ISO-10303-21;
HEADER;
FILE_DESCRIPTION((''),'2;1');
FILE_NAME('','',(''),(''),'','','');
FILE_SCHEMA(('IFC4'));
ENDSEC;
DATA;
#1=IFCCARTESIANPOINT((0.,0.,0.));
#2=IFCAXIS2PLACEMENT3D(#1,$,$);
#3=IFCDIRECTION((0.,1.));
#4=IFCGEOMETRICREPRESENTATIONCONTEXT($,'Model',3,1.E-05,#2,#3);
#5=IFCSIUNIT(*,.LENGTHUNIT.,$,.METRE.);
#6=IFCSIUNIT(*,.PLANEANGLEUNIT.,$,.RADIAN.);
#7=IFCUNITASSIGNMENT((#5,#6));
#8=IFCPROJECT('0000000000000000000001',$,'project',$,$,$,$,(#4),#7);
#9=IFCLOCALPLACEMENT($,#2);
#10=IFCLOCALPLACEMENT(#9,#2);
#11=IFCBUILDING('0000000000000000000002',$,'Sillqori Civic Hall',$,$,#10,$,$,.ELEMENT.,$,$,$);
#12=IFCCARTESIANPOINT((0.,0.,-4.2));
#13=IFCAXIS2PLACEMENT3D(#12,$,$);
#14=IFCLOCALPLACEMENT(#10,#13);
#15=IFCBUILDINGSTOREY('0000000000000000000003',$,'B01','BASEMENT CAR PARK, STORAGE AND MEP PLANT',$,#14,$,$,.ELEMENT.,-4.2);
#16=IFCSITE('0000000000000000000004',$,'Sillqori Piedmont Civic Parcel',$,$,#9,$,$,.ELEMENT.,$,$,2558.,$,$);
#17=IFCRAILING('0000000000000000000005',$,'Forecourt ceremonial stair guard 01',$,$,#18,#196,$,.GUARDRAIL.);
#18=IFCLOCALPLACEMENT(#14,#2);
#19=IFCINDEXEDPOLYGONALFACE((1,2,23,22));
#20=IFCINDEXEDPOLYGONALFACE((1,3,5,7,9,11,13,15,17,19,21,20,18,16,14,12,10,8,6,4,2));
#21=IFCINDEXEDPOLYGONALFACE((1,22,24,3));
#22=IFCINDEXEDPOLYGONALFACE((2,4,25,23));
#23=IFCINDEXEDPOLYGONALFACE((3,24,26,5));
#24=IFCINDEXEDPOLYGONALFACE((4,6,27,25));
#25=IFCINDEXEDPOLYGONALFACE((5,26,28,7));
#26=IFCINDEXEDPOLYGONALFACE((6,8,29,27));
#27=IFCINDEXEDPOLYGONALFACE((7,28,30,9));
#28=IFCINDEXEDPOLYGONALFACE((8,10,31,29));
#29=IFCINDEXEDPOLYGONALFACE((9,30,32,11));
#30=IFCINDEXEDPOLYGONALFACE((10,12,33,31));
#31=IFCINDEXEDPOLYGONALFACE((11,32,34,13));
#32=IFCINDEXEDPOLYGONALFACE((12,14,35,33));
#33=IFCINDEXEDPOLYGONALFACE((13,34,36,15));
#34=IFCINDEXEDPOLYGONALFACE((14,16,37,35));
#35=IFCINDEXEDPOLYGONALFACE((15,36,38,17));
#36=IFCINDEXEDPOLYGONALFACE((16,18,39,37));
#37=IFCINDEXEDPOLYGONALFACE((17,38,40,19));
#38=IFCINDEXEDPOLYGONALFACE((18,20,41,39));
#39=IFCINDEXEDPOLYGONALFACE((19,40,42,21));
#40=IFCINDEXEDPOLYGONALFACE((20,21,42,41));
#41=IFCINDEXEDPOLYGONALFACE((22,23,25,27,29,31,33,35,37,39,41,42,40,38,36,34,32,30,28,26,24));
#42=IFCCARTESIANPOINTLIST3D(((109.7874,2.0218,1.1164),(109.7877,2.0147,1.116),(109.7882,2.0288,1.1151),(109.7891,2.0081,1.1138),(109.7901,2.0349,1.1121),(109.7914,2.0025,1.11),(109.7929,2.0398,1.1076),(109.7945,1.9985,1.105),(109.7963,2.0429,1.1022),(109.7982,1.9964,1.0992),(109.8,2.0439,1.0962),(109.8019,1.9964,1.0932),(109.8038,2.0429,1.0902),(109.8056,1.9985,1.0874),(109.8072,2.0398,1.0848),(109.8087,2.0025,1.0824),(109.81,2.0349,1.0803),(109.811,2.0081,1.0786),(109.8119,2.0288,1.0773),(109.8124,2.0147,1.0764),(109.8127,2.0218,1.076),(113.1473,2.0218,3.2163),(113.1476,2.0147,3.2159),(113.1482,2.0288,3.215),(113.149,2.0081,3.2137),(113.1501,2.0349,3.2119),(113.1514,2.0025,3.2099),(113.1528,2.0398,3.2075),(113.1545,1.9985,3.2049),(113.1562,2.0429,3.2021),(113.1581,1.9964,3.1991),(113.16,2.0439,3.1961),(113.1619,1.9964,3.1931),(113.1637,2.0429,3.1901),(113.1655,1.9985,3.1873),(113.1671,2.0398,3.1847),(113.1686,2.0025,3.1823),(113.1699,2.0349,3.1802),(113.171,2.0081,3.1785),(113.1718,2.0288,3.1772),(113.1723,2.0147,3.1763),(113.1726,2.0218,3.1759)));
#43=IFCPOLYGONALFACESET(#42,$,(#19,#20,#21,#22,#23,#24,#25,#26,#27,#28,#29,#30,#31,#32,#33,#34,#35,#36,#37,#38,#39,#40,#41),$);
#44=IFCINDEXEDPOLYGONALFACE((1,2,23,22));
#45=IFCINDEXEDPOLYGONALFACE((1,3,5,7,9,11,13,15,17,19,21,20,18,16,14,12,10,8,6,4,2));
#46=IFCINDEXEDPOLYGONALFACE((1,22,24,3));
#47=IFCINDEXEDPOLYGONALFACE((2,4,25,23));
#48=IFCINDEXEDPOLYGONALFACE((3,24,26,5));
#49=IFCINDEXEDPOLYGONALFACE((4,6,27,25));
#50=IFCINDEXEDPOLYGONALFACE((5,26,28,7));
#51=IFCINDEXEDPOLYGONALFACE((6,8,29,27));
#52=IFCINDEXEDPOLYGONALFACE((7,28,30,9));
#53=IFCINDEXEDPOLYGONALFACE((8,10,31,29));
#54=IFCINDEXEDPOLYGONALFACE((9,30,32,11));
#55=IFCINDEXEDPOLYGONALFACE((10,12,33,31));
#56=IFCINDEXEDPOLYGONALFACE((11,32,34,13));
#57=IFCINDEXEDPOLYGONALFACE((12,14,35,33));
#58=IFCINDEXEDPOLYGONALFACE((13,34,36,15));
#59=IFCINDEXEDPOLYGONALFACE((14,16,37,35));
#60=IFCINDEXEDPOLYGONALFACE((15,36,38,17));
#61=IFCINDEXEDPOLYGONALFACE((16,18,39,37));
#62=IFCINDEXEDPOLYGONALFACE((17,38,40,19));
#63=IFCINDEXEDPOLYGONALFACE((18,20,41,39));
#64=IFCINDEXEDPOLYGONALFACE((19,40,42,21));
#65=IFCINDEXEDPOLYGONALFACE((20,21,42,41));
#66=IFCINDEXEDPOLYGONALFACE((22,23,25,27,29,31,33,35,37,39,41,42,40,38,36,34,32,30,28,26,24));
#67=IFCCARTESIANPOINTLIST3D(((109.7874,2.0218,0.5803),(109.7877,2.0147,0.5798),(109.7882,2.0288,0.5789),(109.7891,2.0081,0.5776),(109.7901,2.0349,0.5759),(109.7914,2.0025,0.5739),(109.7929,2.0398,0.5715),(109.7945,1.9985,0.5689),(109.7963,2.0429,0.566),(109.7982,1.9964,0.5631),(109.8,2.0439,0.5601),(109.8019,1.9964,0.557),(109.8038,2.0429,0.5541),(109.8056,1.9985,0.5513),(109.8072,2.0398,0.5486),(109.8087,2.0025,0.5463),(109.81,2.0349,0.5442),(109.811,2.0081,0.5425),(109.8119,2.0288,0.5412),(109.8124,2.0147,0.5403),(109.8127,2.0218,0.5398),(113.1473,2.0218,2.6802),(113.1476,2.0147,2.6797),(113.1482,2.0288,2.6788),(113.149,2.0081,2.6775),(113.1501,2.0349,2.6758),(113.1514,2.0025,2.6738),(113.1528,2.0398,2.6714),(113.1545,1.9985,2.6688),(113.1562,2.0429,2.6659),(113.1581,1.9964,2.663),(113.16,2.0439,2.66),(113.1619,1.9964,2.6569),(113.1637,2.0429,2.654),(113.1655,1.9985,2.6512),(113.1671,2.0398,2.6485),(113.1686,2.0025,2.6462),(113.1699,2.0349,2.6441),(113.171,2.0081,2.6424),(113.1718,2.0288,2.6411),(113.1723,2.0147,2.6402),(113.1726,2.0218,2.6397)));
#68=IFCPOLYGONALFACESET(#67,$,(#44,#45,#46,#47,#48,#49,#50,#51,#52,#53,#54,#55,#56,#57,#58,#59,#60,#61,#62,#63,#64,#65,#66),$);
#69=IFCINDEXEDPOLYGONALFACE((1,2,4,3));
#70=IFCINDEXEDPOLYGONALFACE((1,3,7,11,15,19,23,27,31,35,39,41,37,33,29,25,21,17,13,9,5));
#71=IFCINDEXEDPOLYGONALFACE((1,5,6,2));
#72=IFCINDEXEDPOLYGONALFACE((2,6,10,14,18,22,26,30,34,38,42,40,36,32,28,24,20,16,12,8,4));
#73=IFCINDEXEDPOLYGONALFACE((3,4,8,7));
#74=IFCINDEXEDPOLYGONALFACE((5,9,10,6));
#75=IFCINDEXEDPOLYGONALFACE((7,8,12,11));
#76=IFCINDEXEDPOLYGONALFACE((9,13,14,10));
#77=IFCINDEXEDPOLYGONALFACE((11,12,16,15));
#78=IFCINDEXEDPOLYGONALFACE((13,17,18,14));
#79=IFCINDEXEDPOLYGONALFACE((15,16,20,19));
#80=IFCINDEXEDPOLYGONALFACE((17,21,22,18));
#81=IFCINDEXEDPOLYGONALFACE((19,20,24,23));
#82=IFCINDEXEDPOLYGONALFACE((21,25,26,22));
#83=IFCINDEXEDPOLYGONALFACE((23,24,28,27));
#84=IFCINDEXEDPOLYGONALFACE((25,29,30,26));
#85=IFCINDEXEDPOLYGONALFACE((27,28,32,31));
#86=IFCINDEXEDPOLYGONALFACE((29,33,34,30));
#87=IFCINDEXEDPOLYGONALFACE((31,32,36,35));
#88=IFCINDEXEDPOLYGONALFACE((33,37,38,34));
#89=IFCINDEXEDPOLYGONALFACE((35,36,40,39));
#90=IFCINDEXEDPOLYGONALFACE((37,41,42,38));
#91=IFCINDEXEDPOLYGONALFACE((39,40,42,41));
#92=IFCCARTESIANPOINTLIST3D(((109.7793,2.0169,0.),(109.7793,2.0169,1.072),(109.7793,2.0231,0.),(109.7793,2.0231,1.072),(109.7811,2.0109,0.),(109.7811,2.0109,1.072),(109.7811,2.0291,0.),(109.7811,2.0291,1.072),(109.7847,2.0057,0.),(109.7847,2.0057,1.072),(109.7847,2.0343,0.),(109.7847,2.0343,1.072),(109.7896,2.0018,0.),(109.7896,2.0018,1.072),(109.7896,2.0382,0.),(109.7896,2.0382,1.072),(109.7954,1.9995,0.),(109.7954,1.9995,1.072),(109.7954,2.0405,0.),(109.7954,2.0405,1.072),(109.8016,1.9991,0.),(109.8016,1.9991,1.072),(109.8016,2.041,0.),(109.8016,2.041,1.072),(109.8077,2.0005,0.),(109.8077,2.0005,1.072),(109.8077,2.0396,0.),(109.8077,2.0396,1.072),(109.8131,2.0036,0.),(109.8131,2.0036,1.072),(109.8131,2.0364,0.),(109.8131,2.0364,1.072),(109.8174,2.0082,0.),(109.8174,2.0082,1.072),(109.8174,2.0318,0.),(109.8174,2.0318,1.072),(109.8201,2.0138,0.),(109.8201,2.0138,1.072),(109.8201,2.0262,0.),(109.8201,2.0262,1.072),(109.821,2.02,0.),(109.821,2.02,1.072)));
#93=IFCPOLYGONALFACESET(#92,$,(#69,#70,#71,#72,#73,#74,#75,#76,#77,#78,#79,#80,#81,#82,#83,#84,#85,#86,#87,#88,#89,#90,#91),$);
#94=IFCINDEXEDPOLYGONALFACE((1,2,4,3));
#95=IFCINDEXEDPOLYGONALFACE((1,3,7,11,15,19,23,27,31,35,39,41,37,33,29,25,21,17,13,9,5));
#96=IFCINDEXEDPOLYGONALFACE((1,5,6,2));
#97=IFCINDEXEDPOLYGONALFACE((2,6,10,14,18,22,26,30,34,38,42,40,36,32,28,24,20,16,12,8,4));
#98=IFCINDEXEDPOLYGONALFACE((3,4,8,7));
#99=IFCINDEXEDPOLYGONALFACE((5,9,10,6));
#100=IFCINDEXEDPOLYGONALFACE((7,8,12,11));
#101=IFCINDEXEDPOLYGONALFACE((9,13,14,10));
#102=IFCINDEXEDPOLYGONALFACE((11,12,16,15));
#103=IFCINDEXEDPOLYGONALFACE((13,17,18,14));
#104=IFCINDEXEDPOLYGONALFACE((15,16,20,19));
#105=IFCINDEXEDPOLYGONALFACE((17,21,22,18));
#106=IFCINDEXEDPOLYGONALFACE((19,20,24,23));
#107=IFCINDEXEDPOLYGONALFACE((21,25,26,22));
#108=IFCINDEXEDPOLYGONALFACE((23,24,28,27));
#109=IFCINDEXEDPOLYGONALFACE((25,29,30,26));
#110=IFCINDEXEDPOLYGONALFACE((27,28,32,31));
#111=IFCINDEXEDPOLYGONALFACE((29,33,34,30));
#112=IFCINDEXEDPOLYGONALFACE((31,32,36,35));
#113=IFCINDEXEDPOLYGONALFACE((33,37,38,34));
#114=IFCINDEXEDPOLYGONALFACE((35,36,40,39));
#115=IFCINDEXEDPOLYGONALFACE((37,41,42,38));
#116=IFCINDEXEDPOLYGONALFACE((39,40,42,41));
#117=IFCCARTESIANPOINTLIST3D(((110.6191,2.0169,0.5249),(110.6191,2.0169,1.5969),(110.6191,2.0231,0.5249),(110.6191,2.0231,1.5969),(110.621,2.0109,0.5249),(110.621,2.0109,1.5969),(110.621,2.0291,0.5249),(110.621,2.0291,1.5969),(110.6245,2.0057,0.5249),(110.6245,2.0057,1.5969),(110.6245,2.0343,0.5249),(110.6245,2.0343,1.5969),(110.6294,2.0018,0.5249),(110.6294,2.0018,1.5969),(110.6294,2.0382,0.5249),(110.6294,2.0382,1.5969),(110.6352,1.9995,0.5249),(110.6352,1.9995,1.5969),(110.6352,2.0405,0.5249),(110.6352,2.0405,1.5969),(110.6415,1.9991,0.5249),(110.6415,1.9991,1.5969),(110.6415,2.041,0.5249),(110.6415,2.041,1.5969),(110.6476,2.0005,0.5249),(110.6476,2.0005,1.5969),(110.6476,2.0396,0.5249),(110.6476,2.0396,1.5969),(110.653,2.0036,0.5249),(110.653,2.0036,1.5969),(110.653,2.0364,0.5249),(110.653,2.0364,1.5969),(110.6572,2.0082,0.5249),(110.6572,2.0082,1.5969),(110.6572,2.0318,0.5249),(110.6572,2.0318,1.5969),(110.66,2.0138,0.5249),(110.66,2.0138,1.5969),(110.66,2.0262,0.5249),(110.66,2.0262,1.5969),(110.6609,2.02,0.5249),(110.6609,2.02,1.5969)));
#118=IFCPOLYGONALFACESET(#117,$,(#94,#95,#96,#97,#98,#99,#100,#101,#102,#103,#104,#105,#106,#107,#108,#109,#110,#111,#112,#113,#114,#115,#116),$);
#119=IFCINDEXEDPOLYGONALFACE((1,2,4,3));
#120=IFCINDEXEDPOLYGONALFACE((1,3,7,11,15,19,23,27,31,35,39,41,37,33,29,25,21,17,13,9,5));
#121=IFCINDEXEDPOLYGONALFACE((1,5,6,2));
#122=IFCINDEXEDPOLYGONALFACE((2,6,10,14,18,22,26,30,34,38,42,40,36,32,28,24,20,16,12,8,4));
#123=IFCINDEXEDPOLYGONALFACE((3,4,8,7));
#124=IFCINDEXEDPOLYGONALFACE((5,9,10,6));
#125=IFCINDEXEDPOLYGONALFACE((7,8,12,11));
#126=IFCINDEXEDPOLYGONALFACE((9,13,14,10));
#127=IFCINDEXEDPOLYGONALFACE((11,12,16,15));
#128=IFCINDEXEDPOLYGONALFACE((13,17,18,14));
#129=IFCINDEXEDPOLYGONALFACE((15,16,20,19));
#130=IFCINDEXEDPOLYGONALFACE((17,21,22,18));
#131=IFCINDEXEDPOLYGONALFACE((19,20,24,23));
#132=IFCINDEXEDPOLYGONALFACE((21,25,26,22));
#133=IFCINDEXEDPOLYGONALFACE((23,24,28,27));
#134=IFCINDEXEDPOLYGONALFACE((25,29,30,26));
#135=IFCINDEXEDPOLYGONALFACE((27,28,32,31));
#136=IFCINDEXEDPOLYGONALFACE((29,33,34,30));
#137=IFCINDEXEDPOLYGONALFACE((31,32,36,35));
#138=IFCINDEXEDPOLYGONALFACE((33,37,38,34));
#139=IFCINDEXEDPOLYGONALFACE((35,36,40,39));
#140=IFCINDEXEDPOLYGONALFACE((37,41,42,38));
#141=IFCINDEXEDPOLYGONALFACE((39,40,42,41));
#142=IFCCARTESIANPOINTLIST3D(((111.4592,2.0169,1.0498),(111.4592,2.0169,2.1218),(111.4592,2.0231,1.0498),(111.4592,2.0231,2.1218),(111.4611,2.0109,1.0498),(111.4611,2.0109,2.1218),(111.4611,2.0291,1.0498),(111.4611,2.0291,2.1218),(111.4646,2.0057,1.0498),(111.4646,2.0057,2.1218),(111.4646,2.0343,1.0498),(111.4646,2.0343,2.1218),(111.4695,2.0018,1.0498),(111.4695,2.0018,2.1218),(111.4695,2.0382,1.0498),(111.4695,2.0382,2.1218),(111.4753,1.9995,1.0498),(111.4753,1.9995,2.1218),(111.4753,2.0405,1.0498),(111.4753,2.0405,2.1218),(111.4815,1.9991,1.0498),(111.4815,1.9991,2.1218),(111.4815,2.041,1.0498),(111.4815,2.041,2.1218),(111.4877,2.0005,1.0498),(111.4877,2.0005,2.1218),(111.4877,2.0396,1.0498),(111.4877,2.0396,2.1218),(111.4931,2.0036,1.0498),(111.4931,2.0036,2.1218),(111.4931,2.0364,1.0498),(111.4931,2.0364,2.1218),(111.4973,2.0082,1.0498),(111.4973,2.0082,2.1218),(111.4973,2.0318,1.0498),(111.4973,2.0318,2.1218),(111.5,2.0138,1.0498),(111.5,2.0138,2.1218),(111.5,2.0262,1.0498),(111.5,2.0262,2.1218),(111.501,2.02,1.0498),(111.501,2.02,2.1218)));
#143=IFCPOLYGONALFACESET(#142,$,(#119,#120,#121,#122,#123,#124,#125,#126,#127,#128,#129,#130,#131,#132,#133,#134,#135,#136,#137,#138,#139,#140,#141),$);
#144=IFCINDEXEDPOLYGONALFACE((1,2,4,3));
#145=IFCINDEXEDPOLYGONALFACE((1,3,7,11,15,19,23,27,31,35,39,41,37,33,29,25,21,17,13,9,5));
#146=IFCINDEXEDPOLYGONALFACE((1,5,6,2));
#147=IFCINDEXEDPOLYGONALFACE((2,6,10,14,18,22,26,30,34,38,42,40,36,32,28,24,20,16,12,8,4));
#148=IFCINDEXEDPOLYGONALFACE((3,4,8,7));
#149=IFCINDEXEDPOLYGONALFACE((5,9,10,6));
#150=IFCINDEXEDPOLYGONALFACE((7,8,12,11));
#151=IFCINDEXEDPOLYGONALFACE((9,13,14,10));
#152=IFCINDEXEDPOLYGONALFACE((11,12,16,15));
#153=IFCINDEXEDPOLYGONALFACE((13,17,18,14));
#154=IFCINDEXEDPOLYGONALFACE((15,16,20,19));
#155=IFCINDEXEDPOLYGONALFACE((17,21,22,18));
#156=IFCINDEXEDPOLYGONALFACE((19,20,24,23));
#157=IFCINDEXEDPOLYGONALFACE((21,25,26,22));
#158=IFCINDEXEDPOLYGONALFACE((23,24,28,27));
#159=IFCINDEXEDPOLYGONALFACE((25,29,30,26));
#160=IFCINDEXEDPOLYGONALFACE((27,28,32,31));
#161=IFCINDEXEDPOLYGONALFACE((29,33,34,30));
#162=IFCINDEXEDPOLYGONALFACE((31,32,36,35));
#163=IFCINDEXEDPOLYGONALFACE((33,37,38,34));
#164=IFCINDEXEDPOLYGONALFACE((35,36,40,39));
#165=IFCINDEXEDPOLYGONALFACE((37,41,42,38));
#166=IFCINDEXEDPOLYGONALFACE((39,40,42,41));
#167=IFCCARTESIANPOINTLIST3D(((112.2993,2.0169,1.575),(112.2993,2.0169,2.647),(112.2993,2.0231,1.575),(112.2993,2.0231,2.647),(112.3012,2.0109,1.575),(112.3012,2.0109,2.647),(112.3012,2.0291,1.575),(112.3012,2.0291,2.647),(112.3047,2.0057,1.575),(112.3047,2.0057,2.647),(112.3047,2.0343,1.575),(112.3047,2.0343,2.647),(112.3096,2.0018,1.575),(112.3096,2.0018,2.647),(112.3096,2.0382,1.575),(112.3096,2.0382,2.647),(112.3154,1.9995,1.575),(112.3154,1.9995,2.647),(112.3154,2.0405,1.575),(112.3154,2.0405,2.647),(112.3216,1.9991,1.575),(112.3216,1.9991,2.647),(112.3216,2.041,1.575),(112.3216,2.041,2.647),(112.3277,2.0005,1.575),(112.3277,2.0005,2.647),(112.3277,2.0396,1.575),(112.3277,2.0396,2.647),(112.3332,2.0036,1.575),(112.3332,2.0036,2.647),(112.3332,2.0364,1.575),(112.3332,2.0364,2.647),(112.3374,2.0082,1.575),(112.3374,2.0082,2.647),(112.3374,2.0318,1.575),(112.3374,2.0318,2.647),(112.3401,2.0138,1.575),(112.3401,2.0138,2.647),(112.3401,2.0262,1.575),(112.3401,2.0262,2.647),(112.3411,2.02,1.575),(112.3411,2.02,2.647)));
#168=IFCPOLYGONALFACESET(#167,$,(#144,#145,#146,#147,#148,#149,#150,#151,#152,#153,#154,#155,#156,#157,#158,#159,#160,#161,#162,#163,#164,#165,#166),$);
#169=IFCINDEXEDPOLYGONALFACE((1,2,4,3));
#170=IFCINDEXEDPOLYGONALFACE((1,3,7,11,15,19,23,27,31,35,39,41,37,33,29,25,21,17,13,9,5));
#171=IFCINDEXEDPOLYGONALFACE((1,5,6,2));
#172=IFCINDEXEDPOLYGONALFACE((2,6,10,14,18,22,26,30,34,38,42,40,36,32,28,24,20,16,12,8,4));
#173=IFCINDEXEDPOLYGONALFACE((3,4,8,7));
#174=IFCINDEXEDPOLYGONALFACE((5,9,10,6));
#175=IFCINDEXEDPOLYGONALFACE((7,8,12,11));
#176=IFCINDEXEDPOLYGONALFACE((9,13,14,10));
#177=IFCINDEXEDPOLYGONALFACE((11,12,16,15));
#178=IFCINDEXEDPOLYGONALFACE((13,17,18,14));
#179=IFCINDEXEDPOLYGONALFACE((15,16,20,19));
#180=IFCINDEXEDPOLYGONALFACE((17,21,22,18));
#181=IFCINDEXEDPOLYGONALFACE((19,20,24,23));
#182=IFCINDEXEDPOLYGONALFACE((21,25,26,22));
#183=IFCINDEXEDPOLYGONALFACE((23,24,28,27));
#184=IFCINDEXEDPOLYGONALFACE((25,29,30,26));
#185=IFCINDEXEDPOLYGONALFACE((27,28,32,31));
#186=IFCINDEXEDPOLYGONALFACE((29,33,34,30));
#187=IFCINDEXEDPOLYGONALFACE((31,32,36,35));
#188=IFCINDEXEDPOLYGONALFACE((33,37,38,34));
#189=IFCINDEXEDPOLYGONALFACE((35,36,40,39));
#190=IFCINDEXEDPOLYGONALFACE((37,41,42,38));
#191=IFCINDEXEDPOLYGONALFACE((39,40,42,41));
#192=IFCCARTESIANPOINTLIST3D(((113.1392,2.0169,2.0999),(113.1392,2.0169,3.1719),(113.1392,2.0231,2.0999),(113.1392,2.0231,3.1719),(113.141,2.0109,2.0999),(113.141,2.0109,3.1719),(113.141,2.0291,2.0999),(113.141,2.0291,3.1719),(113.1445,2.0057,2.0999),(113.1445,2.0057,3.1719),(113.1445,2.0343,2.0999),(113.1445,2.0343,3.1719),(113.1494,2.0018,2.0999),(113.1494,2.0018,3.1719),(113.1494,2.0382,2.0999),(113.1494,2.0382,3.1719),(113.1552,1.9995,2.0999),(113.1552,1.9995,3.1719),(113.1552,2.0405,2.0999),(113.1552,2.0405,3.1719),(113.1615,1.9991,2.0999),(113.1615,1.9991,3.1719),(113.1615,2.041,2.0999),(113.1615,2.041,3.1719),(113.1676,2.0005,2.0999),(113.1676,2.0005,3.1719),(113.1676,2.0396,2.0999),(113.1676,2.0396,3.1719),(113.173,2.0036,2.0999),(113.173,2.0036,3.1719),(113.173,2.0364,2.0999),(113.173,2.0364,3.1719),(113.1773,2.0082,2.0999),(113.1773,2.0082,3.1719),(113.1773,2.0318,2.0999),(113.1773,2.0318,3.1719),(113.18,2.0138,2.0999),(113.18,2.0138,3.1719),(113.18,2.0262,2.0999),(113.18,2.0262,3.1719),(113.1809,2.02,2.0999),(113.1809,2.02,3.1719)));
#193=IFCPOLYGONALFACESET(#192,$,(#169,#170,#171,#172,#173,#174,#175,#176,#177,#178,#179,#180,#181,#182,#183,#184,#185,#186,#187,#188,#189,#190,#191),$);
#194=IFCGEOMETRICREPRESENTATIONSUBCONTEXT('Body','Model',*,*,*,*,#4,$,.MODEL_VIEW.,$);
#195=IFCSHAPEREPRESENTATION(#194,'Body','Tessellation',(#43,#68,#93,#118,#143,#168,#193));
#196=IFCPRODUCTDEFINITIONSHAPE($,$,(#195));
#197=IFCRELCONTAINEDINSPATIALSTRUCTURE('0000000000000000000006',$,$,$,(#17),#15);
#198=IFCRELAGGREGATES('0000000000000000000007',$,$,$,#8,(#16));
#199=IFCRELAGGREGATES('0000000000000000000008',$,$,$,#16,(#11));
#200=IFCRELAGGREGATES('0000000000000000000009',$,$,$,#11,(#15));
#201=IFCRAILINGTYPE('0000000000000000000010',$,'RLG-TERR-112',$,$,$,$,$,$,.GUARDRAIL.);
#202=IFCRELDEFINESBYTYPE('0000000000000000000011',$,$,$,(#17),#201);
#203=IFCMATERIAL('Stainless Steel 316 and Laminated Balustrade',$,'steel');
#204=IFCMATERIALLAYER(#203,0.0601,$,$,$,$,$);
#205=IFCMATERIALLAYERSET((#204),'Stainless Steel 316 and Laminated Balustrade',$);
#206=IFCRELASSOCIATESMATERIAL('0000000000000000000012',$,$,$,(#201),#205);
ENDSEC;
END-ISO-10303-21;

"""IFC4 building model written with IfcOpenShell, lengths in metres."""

from ifc_helpers import new_model, si_unit, direction, frame, origin, origin_2d, place, context, subcontext, project, spatial, circle, extrude, material, layer, layer_set, type_object, element, save


model = new_model("IFC4")

# Units and contexts
model_context = context("Model", 3, precision=1e-05, world=origin(), true_north=direction((0.0, 1.0)))
body_context = subcontext(model_context, "Body", "Model", "MODEL_VIEW")
ifc_project = project(units=[si_unit("LENGTHUNIT", "METRE"), si_unit("PLANEANGLEUNIT", "RADIAN")], contexts=[model_context])

# Site, building, storey
site_placement = place(None, origin())
site = spatial("IfcSite", under=ifc_project, at=site_placement, Name="Sillqori Piedmont Civic Parcel", CompositionType="ELEMENT", RefElevation=2558.0)
building_placement = place(site_placement, origin())
building = spatial("IfcBuilding", under=site, at=building_placement, Name="Sillqori Civic Hall", CompositionType="ELEMENT")
storey_placement = place(building_placement, frame((0.0, 0.0, -4.2)))
storey = spatial("IfcBuildingStorey", under=building, at=storey_placement, Name="B01", Description="BASEMENT CAR PARK, STORAGE AND MEP PLANT", CompositionType="ELEMENT", Elevation=-4.2)

# Railing
ifc_material_1 = material(Name="Stainless Steel 316 and Laminated Balustrade", Category="steel")
ifc_layer_1 = layer(ifc_material_1, 0.0601)
ifc_layer_set_1 = layer_set([ifc_layer_1], Name="Stainless Steel 316 and Laminated Balustrade")
railing_type = type_object("IfcRailingType", Name="RLG-TERR-112", PredefinedType="GUARDRAIL", material=ifc_layer_set_1)
for number, where, name in (
    (1, (109.8, 2.02, 0.0), "Forecourt ceremonial stair guard 01"),
):
    element("IfcRailing", number, at=place(storey_placement, frame(where)), inside=storey, type_object=railing_type, Name=name, PredefinedType="GUARDRAIL", context=body_context, shape_type="SweptSolid", body=[
        extrude(circle(Radius=0.0239, at=origin_2d()), frame((0.0, 0.0, 1.0962), z_axis=(0.848005, 0.0, 0.529988), x_axis=(0.0, 1.0, 0.0)), (0.0, 0.0, 1.0), 3.9622),
        extrude(circle(Radius=0.0239, at=origin_2d()), frame((0.0, 0.0, 0.5601), z_axis=(0.848005, 0.0, 0.529988), x_axis=(0.0, 1.0, 0.0)), (0.0, 0.0, 1.0), 3.9622),
        extrude(circle(Radius=0.021, at=origin_2d()), origin(), (0.0, 0.0, 1.0), 1.072),
        extrude(circle(Radius=0.021, at=origin_2d()), frame((0.8398, 0.0, 0.5249)), (0.0, 0.0, 1.0), 1.072),
        extrude(circle(Radius=0.021, at=origin_2d()), frame((1.6799, 0.0, 1.0498)), (0.0, 0.0, 1.0), 1.072),
        extrude(circle(Radius=0.021, at=origin_2d()), frame((2.52, 0.0, 1.575)), (0.0, 0.0, 1.0), 1.072),
        extrude(circle(Radius=0.021, at=origin_2d()), frame((3.3599, 0.0, 2.0999)), (0.0, 0.0, 1.0), 1.072),
    ])

save(model, "model.ifc")
